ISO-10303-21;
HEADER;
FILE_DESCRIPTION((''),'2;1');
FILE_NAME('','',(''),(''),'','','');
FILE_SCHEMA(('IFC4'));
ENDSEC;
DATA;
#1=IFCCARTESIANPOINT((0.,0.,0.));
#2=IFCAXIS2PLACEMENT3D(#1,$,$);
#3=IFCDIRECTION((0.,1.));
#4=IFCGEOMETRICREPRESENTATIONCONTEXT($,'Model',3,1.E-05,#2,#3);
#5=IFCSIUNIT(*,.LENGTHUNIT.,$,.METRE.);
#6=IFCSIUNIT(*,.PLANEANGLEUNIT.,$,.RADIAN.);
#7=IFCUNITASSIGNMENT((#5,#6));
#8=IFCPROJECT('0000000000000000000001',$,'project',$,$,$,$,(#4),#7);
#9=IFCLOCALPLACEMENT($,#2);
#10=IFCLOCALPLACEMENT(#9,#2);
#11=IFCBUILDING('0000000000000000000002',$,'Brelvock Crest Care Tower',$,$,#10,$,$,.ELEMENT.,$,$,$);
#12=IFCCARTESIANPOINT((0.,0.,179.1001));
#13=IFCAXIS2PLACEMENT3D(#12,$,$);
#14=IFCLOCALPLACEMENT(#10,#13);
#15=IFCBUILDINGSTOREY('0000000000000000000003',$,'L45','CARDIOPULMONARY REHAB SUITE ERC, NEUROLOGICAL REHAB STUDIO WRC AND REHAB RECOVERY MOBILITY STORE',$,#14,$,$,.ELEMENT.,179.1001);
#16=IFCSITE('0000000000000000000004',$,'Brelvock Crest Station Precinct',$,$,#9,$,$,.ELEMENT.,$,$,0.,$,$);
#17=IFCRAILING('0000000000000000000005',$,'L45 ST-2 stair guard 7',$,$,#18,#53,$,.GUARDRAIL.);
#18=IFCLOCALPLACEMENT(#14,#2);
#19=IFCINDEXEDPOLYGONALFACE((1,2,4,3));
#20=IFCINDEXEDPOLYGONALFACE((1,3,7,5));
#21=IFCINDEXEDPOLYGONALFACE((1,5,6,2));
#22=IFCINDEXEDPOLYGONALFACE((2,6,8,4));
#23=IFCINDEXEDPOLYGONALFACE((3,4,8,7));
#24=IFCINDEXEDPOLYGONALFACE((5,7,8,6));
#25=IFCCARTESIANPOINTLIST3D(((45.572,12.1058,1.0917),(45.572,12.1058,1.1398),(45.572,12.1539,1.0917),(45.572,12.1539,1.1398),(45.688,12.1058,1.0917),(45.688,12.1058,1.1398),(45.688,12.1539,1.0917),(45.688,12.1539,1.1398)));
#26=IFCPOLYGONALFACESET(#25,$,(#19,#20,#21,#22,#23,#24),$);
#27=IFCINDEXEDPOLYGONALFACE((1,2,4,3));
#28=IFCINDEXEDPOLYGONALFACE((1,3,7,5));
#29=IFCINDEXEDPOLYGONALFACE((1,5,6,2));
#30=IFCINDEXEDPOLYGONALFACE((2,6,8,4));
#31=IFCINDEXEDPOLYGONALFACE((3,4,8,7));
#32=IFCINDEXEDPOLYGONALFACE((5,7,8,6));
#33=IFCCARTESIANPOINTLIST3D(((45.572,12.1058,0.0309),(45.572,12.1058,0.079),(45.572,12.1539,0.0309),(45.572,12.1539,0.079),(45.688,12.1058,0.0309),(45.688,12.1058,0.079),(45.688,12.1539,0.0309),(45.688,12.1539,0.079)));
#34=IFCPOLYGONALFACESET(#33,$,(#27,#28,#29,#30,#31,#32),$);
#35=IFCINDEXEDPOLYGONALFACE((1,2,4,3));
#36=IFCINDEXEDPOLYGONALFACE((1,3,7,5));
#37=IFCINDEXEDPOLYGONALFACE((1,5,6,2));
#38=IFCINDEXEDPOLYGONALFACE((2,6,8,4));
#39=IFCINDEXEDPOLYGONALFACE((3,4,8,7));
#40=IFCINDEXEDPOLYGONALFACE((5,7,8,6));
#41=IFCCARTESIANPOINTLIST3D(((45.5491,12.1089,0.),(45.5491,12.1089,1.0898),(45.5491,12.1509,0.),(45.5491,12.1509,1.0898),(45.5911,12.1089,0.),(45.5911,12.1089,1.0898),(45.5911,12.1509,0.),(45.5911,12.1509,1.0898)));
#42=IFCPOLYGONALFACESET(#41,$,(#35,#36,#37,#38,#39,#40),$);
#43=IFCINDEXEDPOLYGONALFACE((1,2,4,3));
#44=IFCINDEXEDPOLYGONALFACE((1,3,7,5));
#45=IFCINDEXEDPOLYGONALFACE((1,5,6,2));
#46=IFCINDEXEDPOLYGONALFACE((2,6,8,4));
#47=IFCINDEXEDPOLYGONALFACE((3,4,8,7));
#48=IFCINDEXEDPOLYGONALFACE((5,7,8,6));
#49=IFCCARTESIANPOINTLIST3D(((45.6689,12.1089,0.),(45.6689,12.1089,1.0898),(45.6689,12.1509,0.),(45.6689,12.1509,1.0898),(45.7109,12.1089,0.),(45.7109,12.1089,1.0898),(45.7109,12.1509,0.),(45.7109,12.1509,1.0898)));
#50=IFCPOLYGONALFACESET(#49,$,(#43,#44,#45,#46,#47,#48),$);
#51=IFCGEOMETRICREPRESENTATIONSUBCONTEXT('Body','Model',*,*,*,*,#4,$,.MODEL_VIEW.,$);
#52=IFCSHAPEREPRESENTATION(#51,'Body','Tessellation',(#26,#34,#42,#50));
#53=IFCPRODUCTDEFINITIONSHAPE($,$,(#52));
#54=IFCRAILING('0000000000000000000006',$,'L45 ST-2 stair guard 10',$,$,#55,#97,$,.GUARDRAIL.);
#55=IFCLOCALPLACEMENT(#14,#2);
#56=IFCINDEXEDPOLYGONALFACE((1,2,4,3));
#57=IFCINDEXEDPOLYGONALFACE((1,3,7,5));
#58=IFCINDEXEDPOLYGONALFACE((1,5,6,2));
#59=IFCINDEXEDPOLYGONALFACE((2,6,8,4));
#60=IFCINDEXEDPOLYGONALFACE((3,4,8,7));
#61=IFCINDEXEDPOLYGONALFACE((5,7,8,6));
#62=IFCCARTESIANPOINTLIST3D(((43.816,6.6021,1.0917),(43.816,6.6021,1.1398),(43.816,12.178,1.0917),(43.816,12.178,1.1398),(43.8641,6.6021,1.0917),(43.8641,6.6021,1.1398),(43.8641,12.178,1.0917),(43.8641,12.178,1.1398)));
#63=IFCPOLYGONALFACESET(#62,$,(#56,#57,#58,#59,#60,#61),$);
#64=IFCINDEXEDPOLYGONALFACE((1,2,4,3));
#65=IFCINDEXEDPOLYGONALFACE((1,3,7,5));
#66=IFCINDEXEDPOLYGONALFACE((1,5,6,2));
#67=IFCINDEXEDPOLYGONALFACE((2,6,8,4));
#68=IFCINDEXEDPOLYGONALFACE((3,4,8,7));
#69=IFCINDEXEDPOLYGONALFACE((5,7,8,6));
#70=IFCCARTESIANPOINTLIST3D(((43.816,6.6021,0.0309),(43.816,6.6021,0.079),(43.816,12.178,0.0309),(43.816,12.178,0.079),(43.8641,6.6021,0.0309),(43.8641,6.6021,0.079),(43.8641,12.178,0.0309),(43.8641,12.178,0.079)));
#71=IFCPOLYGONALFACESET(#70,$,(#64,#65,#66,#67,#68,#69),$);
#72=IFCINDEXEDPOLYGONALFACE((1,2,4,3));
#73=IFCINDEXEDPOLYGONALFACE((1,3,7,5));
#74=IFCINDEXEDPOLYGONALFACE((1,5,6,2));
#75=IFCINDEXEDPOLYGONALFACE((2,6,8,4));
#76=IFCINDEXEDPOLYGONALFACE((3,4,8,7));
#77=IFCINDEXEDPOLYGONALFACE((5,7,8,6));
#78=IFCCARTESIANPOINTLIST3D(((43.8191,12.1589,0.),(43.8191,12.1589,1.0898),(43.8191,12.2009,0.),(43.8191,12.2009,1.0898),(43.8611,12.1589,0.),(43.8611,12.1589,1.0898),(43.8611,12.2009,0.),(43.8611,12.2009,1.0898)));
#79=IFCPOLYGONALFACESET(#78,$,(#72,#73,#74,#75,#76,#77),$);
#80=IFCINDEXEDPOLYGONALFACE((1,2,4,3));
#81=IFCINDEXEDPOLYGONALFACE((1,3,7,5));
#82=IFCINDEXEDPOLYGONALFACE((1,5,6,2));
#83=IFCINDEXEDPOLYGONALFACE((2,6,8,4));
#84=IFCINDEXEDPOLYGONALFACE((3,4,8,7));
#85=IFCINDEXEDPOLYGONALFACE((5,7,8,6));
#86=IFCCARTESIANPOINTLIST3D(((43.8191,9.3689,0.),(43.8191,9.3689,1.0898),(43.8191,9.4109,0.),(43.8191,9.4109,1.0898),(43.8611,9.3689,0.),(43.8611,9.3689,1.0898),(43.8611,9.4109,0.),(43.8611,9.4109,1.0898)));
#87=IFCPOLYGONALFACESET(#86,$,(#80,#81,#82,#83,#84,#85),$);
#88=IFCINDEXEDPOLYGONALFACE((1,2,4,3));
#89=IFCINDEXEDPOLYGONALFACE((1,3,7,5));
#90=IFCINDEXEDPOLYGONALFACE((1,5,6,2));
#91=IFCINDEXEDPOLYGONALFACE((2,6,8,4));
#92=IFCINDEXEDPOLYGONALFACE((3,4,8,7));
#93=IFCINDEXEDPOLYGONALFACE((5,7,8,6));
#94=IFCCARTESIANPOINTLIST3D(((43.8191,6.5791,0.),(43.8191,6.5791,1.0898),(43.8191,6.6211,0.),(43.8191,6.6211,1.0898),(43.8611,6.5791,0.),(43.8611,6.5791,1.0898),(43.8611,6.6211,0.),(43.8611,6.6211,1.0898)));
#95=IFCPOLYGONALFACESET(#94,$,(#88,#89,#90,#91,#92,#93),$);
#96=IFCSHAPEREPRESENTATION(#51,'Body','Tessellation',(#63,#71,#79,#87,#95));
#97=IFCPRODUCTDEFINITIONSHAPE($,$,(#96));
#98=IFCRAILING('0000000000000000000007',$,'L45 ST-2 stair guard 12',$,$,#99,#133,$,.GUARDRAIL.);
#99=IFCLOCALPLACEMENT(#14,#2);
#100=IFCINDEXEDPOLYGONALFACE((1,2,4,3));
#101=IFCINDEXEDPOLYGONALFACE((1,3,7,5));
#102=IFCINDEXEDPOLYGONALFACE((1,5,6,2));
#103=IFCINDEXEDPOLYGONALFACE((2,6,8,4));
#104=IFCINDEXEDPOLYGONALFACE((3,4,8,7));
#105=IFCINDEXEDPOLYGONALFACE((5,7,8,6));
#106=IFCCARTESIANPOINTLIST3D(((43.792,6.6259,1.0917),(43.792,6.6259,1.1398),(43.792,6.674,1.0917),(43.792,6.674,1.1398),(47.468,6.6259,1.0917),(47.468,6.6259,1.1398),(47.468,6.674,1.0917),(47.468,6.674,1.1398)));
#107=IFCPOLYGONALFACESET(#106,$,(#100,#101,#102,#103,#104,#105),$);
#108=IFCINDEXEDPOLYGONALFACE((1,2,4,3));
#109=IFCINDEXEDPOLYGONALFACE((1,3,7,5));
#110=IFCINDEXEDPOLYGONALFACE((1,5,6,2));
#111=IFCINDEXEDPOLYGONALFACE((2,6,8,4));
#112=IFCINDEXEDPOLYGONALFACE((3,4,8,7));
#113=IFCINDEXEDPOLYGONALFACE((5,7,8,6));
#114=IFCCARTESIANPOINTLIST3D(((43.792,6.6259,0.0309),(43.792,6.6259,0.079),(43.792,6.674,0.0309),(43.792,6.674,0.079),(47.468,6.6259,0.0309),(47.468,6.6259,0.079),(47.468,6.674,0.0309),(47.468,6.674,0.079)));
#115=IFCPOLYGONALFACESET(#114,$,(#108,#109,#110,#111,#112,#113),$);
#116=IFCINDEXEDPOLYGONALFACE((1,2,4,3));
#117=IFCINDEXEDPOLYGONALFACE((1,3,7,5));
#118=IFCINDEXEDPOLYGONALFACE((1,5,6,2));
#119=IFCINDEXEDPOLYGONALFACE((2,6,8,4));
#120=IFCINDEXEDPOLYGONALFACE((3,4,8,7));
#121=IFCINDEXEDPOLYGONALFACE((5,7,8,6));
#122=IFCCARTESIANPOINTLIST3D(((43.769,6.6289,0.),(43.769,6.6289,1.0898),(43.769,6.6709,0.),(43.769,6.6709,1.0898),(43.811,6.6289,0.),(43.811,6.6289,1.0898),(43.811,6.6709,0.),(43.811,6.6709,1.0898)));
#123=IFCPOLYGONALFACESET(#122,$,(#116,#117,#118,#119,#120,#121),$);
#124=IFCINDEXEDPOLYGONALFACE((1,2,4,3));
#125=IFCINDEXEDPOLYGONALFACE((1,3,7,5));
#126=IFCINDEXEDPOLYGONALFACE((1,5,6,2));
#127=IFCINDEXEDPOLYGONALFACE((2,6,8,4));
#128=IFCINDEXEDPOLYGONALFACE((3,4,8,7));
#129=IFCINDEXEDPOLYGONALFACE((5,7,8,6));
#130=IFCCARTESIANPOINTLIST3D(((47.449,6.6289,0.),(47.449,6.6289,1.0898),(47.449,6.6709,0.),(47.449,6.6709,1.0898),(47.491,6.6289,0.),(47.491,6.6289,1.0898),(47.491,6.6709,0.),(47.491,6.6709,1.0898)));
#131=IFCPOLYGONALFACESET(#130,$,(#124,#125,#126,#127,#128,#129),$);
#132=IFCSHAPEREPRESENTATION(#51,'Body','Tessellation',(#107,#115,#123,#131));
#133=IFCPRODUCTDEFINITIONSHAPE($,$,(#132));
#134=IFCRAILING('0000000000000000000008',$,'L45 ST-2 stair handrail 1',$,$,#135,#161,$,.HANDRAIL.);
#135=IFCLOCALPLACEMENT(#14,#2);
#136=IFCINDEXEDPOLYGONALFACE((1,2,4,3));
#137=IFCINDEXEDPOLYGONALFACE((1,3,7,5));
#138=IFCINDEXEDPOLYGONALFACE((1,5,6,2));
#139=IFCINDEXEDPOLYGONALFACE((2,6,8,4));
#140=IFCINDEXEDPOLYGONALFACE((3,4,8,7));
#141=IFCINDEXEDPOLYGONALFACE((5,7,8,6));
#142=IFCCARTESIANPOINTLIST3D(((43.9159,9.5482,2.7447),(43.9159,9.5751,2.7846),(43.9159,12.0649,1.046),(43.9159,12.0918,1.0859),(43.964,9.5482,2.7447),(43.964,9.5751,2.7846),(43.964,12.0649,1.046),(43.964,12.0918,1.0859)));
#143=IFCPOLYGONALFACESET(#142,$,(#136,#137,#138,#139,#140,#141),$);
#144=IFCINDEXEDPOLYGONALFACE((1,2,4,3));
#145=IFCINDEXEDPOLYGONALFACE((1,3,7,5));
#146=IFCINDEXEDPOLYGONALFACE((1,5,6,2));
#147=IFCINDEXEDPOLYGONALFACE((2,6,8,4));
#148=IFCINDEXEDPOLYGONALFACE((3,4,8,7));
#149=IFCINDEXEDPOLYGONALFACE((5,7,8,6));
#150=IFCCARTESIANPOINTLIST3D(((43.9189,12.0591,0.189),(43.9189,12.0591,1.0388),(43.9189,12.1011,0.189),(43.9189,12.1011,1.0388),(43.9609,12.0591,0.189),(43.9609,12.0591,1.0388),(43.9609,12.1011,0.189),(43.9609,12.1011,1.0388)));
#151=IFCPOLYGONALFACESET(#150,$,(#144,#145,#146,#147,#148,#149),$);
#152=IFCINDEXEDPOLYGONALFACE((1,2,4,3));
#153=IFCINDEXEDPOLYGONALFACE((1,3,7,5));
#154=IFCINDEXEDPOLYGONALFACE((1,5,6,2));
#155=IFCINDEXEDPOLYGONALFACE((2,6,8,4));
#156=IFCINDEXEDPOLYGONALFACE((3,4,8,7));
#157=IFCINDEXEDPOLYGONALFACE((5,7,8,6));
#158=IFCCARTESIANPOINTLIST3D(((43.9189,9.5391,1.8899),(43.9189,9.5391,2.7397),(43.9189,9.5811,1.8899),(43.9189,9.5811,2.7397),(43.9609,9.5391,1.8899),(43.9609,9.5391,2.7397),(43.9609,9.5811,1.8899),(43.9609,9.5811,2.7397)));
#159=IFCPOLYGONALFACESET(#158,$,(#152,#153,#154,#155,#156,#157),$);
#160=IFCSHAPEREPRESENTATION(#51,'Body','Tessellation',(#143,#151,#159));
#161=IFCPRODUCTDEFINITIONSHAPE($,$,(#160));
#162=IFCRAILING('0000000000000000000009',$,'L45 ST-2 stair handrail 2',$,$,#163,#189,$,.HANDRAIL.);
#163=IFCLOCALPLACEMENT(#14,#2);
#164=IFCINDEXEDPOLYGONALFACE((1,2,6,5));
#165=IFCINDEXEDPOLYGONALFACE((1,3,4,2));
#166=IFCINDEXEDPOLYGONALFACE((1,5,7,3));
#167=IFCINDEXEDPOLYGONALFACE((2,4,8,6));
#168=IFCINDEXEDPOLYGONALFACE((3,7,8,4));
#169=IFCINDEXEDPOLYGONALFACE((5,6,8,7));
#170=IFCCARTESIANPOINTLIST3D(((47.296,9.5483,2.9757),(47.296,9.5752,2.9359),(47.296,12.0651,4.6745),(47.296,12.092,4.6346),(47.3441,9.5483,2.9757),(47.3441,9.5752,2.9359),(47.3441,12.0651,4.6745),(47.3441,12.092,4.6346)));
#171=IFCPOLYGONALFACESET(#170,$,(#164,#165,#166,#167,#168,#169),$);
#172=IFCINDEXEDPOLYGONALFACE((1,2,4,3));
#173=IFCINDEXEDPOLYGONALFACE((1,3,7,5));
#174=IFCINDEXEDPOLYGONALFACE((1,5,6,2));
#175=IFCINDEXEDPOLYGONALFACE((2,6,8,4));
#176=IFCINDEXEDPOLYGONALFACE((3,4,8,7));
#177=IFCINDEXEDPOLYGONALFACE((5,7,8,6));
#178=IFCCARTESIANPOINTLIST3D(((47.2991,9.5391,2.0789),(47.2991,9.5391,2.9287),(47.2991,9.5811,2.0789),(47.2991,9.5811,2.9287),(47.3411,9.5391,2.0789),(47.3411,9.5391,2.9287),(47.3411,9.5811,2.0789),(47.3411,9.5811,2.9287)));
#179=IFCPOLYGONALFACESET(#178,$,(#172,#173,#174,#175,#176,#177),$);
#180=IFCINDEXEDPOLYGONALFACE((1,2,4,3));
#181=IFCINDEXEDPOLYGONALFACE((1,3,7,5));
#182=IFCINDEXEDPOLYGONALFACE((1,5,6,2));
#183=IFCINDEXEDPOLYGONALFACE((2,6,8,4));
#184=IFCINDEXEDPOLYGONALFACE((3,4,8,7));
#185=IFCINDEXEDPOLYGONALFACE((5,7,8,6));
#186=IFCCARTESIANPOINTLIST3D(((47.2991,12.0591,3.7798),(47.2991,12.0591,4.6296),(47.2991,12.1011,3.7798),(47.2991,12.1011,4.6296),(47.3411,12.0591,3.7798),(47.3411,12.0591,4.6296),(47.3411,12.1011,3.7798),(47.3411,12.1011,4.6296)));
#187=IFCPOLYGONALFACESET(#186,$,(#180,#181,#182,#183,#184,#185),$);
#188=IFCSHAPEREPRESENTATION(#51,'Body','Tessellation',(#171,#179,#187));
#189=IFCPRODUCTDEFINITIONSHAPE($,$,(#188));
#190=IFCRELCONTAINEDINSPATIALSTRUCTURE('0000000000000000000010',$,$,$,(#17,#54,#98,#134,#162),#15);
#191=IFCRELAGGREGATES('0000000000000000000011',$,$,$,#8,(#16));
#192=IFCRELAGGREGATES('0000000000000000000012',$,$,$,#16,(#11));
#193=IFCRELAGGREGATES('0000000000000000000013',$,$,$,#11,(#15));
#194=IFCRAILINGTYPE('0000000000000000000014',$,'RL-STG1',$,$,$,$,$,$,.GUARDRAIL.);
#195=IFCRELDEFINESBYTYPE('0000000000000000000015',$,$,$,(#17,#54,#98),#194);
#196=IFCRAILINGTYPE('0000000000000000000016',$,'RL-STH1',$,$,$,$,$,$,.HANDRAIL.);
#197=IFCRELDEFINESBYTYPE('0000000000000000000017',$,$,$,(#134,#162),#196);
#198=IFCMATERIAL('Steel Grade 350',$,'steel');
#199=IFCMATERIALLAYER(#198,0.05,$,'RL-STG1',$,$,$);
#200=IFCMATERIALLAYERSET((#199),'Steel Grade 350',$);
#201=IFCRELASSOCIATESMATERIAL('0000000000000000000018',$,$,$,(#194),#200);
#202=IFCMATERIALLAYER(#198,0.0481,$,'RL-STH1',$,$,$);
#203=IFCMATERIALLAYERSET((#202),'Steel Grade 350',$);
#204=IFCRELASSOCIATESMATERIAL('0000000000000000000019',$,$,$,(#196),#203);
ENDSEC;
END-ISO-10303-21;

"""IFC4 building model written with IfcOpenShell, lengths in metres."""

from ifc_helpers import new_model, si_unit, direction, frame, origin, origin_2d, place, context, subcontext, project, spatial, rectangle, extrude, material, layer, layer_set, type_object, element, save


model = new_model("IFC4")

# Units and contexts
model_context = context("Model", 3, precision=1e-05, world=origin(), true_north=direction((0.0, 1.0)))
body_context = subcontext(model_context, "Body", "Model", "MODEL_VIEW")
ifc_project = project(units=[si_unit("LENGTHUNIT", "METRE"), si_unit("PLANEANGLEUNIT", "RADIAN")], contexts=[model_context])

# Site, building, storey
site_placement = place(None, origin())
site = spatial("IfcSite", under=ifc_project, at=site_placement, Name="Brelvock Crest Station Precinct", CompositionType="ELEMENT", RefElevation=0.0)
building_placement = place(site_placement, origin())
building = spatial("IfcBuilding", under=site, at=building_placement, Name="Brelvock Crest Care Tower", CompositionType="ELEMENT")
storey_placement = place(building_placement, frame((0.0, 0.0, 179.1001)))
storey = spatial("IfcBuildingStorey", under=building, at=storey_placement, Name="L45", Description="CARDIOPULMONARY REHAB SUITE ERC, NEUROLOGICAL REHAB STUDIO WRC AND REHAB RECOVERY MOBILITY STORE", CompositionType="ELEMENT", Elevation=179.1001)

# Shared definitions
ifc_material_1 = material(Name="Steel Grade 350", Category="steel")

# Railings
ifc_layer_1 = layer(ifc_material_1, 0.05, Name="RL-STG1")
ifc_layer_set_1 = layer_set([ifc_layer_1], Name="Steel Grade 350")
railing_type_1 = type_object("IfcRailingType", Name="RL-STG1", PredefinedType="GUARDRAIL", material=ifc_layer_set_1)
railing_1_placement = place(storey_placement, frame((45.5701, 12.1299, 0.0)))
element("IfcRailing", 1, at=railing_1_placement, inside=storey, type_object=railing_type_1, Name="L45 ST-2 stair guard 7", PredefinedType="GUARDRAIL", context=body_context, shape_type="SweptSolid", body=[
    extrude(rectangle(XDim=0.0481, YDim=0.0481, at=origin_2d()), frame((0.002, 0.0, 1.1157), z_axis=(1.0, 0.0, 0.0), x_axis=(0.0, 1.0, 0.0)), (0.0, 0.0, 1.0), 0.116),
    extrude(rectangle(XDim=0.0481, YDim=0.0481, at=origin_2d()), frame((0.002, 0.0, 0.0549), z_axis=(1.0, 0.0, 0.0), x_axis=(0.0, 1.0, 0.0)), (0.0, 0.0, 1.0), 0.116),
    extrude(rectangle(XDim=0.042, YDim=0.042, at=origin_2d()), origin(), (0.0, 0.0, 1.0), 1.0898),
    extrude(rectangle(XDim=0.042, YDim=0.042, at=origin_2d()), frame((0.1199, 0.0, 0.0)), (0.0, 0.0, 1.0), 1.0898),
])
railing_2_placement = place(storey_placement, frame((43.8401, 12.1799, 0.0)))
element("IfcRailing", 2, at=railing_2_placement, inside=storey, type_object=railing_type_1, Name="L45 ST-2 stair guard 10", PredefinedType="GUARDRAIL", context=body_context, shape_type="SweptSolid", body=[
    extrude(rectangle(XDim=0.0481, YDim=0.0481, at=origin_2d()), frame((0.0, -0.002, 1.1157), z_axis=(0.0, -1.0, 0.0), x_axis=(1.0, 0.0, 0.0)), (0.0, 0.0, 1.0), 5.5759),
    extrude(rectangle(XDim=0.0481, YDim=0.0481, at=origin_2d()), frame((0.0, -0.002, 0.0549), z_axis=(0.0, -1.0, 0.0), x_axis=(1.0, 0.0, 0.0)), (0.0, 0.0, 1.0), 5.5759),
    extrude(rectangle(XDim=0.042, YDim=0.042, at=origin_2d()), origin(), (0.0, 0.0, 1.0), 1.0898),
    extrude(rectangle(XDim=0.042, YDim=0.042, at=origin_2d()), frame((0.0, -2.79, 0.0)), (0.0, 0.0, 1.0), 1.0898),
    extrude(rectangle(XDim=0.042, YDim=0.042, at=origin_2d()), frame((0.0, -5.5798, 0.0)), (0.0, 0.0, 1.0), 1.0898),
])
railing_3_placement = place(storey_placement, frame((43.79, 6.6499, 0.0)))
element("IfcRailing", 3, at=railing_3_placement, inside=storey, type_object=railing_type_1, Name="L45 ST-2 stair guard 12", PredefinedType="GUARDRAIL", context=body_context, shape_type="SweptSolid", body=[
    extrude(rectangle(XDim=0.0481, YDim=0.0481, at=origin_2d()), frame((0.002, 0.0, 1.1157), z_axis=(1.0, 0.0, 0.0), x_axis=(0.0, 1.0, 0.0)), (0.0, 0.0, 1.0), 3.676),
    extrude(rectangle(XDim=0.0481, YDim=0.0481, at=origin_2d()), frame((0.002, 0.0, 0.0549), z_axis=(1.0, 0.0, 0.0), x_axis=(0.0, 1.0, 0.0)), (0.0, 0.0, 1.0), 3.676),
    extrude(rectangle(XDim=0.042, YDim=0.042, at=origin_2d()), origin(), (0.0, 0.0, 1.0), 1.0898),
    extrude(rectangle(XDim=0.042, YDim=0.042, at=origin_2d()), frame((3.6799, 0.0, 0.0)), (0.0, 0.0, 1.0), 1.0898),
])
ifc_layer_2 = layer(ifc_material_1, 0.0481, Name="RL-STH1")
ifc_layer_set_2 = layer_set([ifc_layer_2], Name="Steel Grade 350")
railing_type_2 = type_object("IfcRailingType", Name="RL-STH1", PredefinedType="HANDRAIL", material=ifc_layer_set_2)
railing_4_placement = place(storey_placement, frame((43.9399, 12.0801, 0.189)))
element("IfcRailing", 4, at=railing_4_placement, inside=storey, type_object=railing_type_2, Name="L45 ST-2 stair handrail 1", PredefinedType="HANDRAIL", context=body_context, shape_type="SweptSolid", body=[
    extrude(rectangle(XDim=0.0481, YDim=0.0481, at=origin_2d()), frame((0.0, -0.0017, 0.877), z_axis=(0.0, -0.828862, 0.559454), x_axis=(1.0, 0.0, 0.0)), (0.0, 0.0, 1.0), 3.0364),
    extrude(rectangle(XDim=0.042, YDim=0.042, at=origin_2d()), origin(), (0.0, 0.0, 1.0), 0.8499),
    extrude(rectangle(XDim=0.042, YDim=0.042, at=origin_2d()), frame((0.0, -2.52, 1.7009)), (0.0, 0.0, 1.0), 0.8499),
])
railing_5_placement = place(storey_placement, frame((47.3201, 9.5601, 2.0789)))
element("IfcRailing", 5, at=railing_5_placement, inside=storey, type_object=railing_type_2, Name="L45 ST-2 stair handrail 2", PredefinedType="HANDRAIL", context=body_context, shape_type="SweptSolid", body=[
    extrude(rectangle(XDim=0.0481, YDim=0.0481, at=origin_2d()), frame((0.0, 0.0017, 0.877), z_axis=(0.0, 0.828862, 0.559454), x_axis=(-1.0, 0.0, 0.0)), (0.0, 0.0, 1.0), 3.0364),
    extrude(rectangle(XDim=0.042, YDim=0.042, at=origin_2d()), origin(), (0.0, 0.0, 1.0), 0.8499),
    extrude(rectangle(XDim=0.042, YDim=0.042, at=origin_2d()), frame((0.0, 2.52, 1.7009)), (0.0, 0.0, 1.0), 0.8499),
])

save(model, "model.ifc")
